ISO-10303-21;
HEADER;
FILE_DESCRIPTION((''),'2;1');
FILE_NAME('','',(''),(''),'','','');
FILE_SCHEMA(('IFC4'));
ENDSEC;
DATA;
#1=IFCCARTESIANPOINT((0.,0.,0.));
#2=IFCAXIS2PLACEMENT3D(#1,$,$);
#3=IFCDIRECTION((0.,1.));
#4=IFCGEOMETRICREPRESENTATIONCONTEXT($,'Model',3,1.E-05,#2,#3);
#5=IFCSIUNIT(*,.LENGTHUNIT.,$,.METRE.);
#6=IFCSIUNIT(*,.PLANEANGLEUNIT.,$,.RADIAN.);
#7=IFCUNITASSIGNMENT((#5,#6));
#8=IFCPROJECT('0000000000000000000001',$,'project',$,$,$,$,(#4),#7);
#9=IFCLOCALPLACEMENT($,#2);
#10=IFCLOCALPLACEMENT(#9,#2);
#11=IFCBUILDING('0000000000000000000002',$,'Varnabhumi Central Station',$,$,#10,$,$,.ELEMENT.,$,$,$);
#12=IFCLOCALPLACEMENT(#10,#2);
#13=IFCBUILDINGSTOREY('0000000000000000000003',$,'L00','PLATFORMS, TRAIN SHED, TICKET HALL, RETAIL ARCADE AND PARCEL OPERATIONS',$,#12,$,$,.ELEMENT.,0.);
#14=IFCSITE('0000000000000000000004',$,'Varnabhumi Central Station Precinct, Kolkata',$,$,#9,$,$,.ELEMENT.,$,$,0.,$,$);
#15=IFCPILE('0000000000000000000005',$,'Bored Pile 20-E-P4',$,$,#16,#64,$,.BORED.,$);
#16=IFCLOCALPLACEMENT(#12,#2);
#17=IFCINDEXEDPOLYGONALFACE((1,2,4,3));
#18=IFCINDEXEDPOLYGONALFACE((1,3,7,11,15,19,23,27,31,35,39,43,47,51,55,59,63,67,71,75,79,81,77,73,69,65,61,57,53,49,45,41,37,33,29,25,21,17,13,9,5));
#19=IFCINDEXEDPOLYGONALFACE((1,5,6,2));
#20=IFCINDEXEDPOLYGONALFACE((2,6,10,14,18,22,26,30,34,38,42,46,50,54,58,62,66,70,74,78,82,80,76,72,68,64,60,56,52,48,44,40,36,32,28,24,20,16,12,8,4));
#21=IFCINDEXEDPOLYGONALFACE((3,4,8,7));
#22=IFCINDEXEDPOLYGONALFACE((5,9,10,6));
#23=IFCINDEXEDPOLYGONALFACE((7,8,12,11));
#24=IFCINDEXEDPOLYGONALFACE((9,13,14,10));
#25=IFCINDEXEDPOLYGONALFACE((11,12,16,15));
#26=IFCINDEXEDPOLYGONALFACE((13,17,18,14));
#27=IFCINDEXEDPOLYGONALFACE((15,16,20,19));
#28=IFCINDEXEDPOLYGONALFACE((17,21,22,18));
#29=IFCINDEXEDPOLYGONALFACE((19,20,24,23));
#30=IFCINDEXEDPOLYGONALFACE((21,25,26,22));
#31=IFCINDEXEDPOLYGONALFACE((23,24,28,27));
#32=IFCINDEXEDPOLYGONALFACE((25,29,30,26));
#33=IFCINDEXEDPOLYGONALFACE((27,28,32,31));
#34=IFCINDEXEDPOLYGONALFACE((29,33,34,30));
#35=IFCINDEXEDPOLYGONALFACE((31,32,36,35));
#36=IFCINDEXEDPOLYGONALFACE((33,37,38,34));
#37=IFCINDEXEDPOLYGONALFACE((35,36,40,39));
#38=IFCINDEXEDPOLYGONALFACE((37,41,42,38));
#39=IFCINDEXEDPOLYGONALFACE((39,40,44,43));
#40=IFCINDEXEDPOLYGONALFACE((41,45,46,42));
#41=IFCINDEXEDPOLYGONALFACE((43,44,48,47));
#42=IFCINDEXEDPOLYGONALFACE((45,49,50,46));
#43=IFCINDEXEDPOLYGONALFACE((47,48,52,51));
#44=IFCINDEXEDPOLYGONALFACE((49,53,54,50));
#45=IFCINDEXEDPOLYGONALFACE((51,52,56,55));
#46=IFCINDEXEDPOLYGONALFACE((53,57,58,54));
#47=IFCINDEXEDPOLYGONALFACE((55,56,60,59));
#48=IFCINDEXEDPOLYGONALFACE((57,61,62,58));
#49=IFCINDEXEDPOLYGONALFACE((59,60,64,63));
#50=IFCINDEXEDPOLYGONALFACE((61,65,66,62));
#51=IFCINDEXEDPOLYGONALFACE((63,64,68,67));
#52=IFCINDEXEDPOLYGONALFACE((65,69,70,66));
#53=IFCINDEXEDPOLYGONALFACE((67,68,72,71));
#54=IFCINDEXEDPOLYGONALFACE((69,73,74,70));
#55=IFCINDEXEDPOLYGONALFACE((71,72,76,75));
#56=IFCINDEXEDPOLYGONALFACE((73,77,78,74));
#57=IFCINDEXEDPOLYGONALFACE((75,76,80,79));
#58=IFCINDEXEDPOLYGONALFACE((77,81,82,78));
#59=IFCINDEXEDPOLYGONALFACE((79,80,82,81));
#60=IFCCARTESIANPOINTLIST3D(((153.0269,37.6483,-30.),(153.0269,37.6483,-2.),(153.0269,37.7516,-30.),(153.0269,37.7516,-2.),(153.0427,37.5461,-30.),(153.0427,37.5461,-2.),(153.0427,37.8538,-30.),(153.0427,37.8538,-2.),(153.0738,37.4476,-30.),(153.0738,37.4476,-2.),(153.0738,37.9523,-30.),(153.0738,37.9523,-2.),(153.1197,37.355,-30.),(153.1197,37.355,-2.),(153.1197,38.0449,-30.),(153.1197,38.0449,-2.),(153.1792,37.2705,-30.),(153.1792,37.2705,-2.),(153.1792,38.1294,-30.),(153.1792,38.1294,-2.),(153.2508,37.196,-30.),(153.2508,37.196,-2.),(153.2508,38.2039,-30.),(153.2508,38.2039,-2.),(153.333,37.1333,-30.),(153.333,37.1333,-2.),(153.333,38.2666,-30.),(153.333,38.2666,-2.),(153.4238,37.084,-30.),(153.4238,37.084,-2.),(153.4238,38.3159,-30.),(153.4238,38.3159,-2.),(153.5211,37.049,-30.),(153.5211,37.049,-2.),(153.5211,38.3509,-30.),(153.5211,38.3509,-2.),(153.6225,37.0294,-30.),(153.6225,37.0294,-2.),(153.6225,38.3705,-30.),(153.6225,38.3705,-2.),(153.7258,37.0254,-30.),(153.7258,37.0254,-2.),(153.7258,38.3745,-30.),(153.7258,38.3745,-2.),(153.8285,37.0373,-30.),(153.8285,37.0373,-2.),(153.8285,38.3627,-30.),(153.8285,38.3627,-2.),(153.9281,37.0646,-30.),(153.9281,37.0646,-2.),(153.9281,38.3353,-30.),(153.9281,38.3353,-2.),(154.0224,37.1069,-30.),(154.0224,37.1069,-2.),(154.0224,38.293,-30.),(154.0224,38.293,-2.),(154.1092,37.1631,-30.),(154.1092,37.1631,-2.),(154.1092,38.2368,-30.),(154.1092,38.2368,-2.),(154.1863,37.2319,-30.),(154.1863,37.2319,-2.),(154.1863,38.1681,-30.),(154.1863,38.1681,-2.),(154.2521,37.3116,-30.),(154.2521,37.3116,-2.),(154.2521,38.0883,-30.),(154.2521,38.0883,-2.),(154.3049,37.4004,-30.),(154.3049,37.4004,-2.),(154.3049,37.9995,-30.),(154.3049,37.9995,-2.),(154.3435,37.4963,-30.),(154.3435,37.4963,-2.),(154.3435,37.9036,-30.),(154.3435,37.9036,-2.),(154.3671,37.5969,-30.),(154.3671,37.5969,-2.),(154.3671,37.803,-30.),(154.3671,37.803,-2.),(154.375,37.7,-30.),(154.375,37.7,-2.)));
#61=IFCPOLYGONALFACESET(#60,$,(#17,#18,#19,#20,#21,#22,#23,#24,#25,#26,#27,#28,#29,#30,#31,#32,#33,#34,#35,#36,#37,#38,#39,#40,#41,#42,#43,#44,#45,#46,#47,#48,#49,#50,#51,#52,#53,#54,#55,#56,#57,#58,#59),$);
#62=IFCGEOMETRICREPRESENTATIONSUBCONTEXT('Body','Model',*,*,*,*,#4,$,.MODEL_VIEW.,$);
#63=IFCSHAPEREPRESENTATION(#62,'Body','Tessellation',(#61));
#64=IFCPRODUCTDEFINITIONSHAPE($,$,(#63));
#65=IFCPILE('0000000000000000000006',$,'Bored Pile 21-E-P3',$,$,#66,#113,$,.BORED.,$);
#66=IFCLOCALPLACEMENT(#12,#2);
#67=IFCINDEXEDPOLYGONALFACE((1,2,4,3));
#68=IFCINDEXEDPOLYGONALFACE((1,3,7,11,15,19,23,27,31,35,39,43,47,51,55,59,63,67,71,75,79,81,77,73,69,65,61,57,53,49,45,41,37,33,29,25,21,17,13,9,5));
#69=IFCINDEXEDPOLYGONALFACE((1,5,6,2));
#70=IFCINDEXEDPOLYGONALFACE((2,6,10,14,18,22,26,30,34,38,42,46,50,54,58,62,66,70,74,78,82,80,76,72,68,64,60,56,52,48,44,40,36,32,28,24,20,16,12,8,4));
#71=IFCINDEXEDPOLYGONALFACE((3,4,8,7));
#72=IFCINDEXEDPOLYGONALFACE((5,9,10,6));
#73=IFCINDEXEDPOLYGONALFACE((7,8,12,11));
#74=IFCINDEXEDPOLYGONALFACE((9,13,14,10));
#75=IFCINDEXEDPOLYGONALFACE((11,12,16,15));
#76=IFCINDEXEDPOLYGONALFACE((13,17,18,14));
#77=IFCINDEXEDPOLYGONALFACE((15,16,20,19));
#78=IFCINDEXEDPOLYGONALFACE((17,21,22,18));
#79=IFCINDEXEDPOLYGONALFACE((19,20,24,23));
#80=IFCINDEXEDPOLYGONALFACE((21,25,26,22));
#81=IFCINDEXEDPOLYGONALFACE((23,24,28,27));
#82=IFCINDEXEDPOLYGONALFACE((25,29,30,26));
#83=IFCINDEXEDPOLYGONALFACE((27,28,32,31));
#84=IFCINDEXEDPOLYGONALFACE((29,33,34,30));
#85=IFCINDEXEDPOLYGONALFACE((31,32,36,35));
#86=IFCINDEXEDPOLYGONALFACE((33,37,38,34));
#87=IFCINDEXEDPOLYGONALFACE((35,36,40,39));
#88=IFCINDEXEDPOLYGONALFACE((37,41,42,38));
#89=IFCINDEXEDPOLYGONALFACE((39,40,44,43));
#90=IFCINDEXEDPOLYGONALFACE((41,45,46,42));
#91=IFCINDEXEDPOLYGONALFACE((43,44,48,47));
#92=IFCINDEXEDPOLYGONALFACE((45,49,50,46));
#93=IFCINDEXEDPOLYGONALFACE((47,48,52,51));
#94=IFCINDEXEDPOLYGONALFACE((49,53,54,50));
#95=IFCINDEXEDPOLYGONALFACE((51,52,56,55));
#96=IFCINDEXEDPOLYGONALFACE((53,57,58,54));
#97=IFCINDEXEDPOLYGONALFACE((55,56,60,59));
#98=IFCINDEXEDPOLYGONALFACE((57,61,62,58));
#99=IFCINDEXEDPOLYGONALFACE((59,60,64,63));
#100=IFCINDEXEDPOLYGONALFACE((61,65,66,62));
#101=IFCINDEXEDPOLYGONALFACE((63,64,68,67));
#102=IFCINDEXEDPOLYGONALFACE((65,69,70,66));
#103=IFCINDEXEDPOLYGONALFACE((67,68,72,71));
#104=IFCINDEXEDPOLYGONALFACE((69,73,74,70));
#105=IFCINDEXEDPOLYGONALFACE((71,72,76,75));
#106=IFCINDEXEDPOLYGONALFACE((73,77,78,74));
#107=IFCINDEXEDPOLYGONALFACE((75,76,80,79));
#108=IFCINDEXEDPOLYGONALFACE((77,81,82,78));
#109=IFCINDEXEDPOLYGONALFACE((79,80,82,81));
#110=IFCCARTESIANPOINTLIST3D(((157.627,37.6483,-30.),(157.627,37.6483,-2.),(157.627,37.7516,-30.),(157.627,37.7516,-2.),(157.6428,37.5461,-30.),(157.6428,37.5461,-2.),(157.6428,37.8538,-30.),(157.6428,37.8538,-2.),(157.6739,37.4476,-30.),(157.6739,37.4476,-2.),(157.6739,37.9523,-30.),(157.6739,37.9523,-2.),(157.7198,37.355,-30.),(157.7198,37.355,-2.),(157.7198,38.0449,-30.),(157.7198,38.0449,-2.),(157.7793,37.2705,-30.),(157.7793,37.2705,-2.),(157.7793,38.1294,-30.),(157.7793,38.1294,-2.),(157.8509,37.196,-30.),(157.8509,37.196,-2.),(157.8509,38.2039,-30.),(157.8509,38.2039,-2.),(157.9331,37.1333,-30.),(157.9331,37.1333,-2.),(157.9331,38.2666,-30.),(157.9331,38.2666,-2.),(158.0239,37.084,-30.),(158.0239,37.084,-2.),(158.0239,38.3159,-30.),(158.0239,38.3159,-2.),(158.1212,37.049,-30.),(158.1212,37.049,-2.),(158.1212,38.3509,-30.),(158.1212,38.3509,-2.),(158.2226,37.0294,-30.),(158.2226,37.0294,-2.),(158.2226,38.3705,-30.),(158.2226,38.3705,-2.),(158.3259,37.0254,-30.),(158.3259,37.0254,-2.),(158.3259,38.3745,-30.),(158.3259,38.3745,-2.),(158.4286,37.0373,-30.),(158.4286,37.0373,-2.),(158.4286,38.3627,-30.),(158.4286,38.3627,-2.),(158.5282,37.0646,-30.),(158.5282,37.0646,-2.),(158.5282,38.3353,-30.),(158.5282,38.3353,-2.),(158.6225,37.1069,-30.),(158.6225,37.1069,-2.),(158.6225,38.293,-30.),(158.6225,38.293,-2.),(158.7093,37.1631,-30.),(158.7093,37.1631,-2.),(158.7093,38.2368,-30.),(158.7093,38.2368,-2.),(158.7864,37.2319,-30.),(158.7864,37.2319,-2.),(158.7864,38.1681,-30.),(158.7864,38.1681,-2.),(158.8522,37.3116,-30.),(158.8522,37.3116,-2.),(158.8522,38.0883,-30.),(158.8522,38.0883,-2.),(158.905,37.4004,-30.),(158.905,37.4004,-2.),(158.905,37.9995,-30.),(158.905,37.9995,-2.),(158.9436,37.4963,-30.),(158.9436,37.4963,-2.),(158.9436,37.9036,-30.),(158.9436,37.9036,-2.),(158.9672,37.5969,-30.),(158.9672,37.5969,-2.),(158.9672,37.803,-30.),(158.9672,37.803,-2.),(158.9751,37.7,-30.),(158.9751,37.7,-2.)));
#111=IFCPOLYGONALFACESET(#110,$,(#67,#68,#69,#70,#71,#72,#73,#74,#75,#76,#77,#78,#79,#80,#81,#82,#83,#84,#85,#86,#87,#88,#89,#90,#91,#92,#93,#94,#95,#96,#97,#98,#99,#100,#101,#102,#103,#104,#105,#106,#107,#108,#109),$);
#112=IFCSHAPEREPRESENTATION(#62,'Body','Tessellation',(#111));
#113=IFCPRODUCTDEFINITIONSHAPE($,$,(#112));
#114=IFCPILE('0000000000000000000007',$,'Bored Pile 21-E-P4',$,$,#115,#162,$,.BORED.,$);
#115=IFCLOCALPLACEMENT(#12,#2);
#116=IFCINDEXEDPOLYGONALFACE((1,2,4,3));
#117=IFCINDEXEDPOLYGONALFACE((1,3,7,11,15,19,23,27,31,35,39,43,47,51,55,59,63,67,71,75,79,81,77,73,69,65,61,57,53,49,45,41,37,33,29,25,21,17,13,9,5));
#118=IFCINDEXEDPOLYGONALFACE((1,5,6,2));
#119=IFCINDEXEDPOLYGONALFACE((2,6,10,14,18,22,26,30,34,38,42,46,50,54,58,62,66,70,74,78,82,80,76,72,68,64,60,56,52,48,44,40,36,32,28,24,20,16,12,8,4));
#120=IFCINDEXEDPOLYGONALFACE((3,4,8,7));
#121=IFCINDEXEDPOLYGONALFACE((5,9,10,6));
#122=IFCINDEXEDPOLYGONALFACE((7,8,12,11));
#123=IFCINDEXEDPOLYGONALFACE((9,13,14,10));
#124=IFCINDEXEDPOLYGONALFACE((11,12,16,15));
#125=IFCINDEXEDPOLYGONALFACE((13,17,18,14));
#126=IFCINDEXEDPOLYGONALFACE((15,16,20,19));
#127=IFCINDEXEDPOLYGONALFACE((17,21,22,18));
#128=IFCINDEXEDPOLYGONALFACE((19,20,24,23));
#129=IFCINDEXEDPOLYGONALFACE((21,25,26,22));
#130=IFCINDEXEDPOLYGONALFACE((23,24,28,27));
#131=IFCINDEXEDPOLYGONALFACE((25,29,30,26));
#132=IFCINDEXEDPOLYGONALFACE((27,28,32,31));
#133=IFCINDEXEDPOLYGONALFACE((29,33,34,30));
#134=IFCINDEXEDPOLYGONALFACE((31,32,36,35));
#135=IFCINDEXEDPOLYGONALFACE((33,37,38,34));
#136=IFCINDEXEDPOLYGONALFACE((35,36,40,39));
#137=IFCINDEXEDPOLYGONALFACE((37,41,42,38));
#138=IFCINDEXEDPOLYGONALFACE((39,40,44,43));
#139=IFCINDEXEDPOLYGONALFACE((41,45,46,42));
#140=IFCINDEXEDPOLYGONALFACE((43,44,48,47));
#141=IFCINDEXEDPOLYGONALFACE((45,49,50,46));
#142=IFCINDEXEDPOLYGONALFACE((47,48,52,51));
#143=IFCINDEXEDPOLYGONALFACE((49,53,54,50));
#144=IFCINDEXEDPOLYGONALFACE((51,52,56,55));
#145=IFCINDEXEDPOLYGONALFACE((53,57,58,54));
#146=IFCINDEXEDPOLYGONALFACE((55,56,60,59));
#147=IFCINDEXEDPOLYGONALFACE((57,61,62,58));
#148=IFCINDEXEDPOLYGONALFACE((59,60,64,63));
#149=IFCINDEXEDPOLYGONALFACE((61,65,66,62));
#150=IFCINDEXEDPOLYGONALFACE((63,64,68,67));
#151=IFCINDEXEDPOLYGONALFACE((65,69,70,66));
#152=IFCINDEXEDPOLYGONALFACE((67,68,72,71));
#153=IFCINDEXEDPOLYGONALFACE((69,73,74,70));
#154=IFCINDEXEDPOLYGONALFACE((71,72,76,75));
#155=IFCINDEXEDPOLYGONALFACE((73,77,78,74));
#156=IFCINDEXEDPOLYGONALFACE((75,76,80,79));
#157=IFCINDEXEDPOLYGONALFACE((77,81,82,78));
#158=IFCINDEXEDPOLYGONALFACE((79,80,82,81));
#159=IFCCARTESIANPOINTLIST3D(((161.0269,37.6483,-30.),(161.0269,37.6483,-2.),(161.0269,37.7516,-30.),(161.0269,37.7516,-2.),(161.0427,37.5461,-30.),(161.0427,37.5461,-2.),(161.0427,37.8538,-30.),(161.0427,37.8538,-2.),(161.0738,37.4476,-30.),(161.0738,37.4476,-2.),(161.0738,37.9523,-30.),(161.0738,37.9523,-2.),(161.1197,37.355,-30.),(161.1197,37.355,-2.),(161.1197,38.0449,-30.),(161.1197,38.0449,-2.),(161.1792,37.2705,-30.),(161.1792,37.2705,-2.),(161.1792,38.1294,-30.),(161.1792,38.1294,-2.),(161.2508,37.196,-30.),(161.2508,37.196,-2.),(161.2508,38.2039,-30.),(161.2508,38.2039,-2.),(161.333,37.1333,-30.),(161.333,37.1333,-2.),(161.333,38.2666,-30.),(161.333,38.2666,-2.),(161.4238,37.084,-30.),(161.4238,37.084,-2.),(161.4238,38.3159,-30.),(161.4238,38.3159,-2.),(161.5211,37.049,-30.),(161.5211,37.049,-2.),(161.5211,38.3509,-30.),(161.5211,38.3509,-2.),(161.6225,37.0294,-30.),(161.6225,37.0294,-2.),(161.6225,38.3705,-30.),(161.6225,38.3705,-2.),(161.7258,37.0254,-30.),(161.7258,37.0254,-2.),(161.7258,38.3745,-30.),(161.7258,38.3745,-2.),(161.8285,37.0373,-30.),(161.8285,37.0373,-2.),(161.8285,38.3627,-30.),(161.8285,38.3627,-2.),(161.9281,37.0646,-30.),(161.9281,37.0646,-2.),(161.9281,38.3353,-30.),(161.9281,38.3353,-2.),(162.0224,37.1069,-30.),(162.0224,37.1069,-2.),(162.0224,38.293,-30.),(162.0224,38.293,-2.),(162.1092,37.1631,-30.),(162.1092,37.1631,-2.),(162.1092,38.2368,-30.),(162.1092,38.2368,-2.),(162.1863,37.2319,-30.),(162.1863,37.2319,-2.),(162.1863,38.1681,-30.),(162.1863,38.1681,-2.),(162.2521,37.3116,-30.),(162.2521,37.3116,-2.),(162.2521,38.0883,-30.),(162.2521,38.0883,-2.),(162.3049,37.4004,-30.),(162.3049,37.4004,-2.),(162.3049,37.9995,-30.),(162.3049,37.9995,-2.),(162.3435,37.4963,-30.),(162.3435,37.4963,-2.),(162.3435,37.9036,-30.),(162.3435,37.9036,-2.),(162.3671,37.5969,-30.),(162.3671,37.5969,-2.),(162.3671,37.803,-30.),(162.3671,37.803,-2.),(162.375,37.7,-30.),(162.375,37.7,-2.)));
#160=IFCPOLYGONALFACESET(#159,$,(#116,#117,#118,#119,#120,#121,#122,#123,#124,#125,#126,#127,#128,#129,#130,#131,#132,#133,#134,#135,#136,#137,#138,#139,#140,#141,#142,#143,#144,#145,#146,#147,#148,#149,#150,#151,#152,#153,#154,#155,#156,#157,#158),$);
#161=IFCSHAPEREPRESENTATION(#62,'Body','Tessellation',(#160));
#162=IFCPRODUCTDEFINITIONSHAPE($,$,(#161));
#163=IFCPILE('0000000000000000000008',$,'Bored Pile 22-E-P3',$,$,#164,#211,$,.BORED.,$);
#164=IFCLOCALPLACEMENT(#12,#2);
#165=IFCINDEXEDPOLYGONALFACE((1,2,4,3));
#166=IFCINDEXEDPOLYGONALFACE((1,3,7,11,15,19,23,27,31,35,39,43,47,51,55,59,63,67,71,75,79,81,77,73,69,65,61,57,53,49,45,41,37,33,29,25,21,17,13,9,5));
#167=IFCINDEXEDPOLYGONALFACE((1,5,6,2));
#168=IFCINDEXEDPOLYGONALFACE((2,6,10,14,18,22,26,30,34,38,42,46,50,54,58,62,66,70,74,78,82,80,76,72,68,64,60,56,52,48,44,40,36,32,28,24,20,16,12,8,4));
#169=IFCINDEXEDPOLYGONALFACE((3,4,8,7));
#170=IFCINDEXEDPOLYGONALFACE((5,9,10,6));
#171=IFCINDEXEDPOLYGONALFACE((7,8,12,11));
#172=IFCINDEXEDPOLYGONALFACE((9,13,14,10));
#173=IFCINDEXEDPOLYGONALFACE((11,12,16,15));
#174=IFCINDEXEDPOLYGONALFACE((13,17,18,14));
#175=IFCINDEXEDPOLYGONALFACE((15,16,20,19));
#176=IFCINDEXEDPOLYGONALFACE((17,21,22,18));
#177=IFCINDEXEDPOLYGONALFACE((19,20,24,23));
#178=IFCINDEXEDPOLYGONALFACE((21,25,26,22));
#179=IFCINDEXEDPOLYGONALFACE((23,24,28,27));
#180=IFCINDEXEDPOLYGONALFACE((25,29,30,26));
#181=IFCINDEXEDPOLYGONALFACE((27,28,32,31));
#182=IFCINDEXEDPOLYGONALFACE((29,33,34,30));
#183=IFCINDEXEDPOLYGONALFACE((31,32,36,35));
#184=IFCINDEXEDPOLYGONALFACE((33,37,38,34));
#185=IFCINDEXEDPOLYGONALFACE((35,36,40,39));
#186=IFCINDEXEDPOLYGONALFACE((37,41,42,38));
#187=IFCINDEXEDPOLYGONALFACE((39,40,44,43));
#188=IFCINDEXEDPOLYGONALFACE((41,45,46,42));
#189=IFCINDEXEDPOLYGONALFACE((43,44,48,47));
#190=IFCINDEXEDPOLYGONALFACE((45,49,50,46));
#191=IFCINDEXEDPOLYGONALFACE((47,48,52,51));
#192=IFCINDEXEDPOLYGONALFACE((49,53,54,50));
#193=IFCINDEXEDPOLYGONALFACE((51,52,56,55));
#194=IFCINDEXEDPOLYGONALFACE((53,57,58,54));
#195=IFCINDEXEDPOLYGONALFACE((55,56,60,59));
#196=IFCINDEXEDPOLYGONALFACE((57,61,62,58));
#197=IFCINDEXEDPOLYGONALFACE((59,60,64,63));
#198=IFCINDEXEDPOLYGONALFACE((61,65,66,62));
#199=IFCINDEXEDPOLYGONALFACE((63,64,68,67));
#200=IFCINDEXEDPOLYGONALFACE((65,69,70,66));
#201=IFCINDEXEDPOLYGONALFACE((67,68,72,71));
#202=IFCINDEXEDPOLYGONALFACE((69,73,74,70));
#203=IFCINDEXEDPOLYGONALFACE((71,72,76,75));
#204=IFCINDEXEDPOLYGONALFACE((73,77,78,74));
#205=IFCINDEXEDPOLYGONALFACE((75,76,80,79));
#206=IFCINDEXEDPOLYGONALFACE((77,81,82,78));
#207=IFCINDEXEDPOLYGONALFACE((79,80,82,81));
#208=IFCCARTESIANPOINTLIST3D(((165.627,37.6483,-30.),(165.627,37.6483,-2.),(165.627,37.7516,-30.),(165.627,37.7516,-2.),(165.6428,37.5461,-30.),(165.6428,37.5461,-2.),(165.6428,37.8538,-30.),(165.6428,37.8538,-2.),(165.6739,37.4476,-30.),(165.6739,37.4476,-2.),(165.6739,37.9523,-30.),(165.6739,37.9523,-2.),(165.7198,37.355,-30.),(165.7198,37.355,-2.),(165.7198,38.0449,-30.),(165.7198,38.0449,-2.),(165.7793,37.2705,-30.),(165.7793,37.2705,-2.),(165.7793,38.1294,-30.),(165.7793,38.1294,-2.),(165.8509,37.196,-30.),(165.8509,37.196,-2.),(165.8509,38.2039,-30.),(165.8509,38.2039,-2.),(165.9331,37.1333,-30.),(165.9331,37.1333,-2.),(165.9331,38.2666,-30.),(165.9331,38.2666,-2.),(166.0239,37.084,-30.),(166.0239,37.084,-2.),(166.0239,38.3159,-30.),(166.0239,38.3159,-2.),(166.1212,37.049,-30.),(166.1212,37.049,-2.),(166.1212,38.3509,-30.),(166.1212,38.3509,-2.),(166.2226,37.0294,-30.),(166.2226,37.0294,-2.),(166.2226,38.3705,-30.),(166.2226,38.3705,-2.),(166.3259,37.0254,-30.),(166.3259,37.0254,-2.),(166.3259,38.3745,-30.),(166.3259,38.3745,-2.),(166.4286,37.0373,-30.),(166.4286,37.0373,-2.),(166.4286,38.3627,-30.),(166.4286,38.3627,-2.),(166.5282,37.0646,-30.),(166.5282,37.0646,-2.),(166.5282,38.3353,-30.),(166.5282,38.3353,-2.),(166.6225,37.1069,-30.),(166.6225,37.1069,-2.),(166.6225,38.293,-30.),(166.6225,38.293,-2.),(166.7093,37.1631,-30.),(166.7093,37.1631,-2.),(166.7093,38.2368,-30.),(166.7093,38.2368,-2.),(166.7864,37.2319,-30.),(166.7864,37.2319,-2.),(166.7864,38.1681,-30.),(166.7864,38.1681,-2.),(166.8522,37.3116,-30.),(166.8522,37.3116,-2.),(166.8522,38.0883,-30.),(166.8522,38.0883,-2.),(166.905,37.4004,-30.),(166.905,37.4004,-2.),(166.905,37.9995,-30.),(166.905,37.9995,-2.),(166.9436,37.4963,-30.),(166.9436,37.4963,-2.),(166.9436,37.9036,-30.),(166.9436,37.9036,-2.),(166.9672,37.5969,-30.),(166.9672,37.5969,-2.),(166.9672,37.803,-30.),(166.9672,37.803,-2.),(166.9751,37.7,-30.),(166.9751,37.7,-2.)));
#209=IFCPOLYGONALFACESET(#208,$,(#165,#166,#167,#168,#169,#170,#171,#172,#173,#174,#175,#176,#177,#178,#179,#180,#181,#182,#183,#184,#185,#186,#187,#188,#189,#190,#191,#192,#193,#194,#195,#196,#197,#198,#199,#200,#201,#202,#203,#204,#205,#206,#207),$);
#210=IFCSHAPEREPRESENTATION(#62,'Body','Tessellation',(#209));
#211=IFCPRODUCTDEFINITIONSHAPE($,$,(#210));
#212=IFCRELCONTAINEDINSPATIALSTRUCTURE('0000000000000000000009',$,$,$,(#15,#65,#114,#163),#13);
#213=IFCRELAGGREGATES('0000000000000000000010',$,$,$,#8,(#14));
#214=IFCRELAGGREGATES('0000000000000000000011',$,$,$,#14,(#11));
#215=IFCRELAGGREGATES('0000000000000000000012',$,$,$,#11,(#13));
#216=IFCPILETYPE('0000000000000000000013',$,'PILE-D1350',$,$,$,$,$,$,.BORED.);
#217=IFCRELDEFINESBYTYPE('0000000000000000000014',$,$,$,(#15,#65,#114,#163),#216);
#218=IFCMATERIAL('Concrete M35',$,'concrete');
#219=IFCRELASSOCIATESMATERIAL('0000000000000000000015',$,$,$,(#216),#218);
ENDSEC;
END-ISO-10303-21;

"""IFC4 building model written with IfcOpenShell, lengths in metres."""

from ifc_helpers import new_model, si_unit, direction, frame, origin, origin_2d, place, context, subcontext, project, spatial, circle, extrude, material, material_profile, profile_set, type_object, element, save


model = new_model("IFC4")

# Units and contexts
model_context = context("Model", 3, precision=1e-05, world=origin(), true_north=direction((0.0, 1.0)))
body_context = subcontext(model_context, "Body", "Model", "MODEL_VIEW")
ifc_project = project(units=[si_unit("LENGTHUNIT", "METRE"), si_unit("PLANEANGLEUNIT", "RADIAN")], contexts=[model_context])

# Site, building, storey
site_placement = place(None, origin())
site = spatial("IfcSite", under=ifc_project, at=site_placement, Name="Varnabhumi Central Station Precinct, Kolkata", CompositionType="ELEMENT", RefElevation=0.0)
building_placement = place(site_placement, origin())
building = spatial("IfcBuilding", under=site, at=building_placement, Name="Varnabhumi Central Station", CompositionType="ELEMENT")
storey_placement = place(building_placement, origin())
storey = spatial("IfcBuildingStorey", under=building, at=storey_placement, Name="L00", Description="PLATFORMS, TRAIN SHED, TICKET HALL, RETAIL ARCADE AND PARCEL OPERATIONS", CompositionType="ELEMENT", Elevation=0.0)

# Piles
ifc_material_1 = material(Name="Concrete M35", Category="concrete")
ifc_material_profile_1 = material_profile(ifc_material_1, circle(Radius=0.675, at=origin_2d()), Name="Concrete M35", Category="concrete")
ifc_profile_set_1 = profile_set([ifc_material_profile_1], Name="Concrete M35")
pile_type = type_object("IfcPileType", Name="PILE-D1350", PredefinedType="BORED", material=ifc_profile_set_1)
for number, where, z_axis, x_axis, name in (
    (1, (153.7, 37.7, -2.0), (0.0, 0.0, -1.0), (1.0, 0.0, 0.0), "Bored Pile 20-E-P4"),
    (2, (158.3, 37.7, -2.0), (0.0, 0.0, -1.0), (1.0, 0.0, 0.0), "Bored Pile 21-E-P3"),
    (3, (161.7, 37.7, -2.0), (0.0, 0.0, -1.0), (1.0, 0.0, 0.0), "Bored Pile 21-E-P4"),
    (4, (166.3, 37.7, -2.0), (0.0, 0.0, -1.0), (1.0, 0.0, 0.0), "Bored Pile 22-E-P3"),
):
    element("IfcPile", number, at=place(storey_placement, frame(where, z_axis=z_axis, x_axis=x_axis)), inside=storey, type_object=pile_type, Name=name, PredefinedType="BORED", context=body_context, shape_type="SweptSolid", body=[
        extrude(circle(Radius=0.675, at=origin_2d()), origin(), (0.0, 0.0, 1.0), 28.0),
    ])

save(model, "model.ifc")
